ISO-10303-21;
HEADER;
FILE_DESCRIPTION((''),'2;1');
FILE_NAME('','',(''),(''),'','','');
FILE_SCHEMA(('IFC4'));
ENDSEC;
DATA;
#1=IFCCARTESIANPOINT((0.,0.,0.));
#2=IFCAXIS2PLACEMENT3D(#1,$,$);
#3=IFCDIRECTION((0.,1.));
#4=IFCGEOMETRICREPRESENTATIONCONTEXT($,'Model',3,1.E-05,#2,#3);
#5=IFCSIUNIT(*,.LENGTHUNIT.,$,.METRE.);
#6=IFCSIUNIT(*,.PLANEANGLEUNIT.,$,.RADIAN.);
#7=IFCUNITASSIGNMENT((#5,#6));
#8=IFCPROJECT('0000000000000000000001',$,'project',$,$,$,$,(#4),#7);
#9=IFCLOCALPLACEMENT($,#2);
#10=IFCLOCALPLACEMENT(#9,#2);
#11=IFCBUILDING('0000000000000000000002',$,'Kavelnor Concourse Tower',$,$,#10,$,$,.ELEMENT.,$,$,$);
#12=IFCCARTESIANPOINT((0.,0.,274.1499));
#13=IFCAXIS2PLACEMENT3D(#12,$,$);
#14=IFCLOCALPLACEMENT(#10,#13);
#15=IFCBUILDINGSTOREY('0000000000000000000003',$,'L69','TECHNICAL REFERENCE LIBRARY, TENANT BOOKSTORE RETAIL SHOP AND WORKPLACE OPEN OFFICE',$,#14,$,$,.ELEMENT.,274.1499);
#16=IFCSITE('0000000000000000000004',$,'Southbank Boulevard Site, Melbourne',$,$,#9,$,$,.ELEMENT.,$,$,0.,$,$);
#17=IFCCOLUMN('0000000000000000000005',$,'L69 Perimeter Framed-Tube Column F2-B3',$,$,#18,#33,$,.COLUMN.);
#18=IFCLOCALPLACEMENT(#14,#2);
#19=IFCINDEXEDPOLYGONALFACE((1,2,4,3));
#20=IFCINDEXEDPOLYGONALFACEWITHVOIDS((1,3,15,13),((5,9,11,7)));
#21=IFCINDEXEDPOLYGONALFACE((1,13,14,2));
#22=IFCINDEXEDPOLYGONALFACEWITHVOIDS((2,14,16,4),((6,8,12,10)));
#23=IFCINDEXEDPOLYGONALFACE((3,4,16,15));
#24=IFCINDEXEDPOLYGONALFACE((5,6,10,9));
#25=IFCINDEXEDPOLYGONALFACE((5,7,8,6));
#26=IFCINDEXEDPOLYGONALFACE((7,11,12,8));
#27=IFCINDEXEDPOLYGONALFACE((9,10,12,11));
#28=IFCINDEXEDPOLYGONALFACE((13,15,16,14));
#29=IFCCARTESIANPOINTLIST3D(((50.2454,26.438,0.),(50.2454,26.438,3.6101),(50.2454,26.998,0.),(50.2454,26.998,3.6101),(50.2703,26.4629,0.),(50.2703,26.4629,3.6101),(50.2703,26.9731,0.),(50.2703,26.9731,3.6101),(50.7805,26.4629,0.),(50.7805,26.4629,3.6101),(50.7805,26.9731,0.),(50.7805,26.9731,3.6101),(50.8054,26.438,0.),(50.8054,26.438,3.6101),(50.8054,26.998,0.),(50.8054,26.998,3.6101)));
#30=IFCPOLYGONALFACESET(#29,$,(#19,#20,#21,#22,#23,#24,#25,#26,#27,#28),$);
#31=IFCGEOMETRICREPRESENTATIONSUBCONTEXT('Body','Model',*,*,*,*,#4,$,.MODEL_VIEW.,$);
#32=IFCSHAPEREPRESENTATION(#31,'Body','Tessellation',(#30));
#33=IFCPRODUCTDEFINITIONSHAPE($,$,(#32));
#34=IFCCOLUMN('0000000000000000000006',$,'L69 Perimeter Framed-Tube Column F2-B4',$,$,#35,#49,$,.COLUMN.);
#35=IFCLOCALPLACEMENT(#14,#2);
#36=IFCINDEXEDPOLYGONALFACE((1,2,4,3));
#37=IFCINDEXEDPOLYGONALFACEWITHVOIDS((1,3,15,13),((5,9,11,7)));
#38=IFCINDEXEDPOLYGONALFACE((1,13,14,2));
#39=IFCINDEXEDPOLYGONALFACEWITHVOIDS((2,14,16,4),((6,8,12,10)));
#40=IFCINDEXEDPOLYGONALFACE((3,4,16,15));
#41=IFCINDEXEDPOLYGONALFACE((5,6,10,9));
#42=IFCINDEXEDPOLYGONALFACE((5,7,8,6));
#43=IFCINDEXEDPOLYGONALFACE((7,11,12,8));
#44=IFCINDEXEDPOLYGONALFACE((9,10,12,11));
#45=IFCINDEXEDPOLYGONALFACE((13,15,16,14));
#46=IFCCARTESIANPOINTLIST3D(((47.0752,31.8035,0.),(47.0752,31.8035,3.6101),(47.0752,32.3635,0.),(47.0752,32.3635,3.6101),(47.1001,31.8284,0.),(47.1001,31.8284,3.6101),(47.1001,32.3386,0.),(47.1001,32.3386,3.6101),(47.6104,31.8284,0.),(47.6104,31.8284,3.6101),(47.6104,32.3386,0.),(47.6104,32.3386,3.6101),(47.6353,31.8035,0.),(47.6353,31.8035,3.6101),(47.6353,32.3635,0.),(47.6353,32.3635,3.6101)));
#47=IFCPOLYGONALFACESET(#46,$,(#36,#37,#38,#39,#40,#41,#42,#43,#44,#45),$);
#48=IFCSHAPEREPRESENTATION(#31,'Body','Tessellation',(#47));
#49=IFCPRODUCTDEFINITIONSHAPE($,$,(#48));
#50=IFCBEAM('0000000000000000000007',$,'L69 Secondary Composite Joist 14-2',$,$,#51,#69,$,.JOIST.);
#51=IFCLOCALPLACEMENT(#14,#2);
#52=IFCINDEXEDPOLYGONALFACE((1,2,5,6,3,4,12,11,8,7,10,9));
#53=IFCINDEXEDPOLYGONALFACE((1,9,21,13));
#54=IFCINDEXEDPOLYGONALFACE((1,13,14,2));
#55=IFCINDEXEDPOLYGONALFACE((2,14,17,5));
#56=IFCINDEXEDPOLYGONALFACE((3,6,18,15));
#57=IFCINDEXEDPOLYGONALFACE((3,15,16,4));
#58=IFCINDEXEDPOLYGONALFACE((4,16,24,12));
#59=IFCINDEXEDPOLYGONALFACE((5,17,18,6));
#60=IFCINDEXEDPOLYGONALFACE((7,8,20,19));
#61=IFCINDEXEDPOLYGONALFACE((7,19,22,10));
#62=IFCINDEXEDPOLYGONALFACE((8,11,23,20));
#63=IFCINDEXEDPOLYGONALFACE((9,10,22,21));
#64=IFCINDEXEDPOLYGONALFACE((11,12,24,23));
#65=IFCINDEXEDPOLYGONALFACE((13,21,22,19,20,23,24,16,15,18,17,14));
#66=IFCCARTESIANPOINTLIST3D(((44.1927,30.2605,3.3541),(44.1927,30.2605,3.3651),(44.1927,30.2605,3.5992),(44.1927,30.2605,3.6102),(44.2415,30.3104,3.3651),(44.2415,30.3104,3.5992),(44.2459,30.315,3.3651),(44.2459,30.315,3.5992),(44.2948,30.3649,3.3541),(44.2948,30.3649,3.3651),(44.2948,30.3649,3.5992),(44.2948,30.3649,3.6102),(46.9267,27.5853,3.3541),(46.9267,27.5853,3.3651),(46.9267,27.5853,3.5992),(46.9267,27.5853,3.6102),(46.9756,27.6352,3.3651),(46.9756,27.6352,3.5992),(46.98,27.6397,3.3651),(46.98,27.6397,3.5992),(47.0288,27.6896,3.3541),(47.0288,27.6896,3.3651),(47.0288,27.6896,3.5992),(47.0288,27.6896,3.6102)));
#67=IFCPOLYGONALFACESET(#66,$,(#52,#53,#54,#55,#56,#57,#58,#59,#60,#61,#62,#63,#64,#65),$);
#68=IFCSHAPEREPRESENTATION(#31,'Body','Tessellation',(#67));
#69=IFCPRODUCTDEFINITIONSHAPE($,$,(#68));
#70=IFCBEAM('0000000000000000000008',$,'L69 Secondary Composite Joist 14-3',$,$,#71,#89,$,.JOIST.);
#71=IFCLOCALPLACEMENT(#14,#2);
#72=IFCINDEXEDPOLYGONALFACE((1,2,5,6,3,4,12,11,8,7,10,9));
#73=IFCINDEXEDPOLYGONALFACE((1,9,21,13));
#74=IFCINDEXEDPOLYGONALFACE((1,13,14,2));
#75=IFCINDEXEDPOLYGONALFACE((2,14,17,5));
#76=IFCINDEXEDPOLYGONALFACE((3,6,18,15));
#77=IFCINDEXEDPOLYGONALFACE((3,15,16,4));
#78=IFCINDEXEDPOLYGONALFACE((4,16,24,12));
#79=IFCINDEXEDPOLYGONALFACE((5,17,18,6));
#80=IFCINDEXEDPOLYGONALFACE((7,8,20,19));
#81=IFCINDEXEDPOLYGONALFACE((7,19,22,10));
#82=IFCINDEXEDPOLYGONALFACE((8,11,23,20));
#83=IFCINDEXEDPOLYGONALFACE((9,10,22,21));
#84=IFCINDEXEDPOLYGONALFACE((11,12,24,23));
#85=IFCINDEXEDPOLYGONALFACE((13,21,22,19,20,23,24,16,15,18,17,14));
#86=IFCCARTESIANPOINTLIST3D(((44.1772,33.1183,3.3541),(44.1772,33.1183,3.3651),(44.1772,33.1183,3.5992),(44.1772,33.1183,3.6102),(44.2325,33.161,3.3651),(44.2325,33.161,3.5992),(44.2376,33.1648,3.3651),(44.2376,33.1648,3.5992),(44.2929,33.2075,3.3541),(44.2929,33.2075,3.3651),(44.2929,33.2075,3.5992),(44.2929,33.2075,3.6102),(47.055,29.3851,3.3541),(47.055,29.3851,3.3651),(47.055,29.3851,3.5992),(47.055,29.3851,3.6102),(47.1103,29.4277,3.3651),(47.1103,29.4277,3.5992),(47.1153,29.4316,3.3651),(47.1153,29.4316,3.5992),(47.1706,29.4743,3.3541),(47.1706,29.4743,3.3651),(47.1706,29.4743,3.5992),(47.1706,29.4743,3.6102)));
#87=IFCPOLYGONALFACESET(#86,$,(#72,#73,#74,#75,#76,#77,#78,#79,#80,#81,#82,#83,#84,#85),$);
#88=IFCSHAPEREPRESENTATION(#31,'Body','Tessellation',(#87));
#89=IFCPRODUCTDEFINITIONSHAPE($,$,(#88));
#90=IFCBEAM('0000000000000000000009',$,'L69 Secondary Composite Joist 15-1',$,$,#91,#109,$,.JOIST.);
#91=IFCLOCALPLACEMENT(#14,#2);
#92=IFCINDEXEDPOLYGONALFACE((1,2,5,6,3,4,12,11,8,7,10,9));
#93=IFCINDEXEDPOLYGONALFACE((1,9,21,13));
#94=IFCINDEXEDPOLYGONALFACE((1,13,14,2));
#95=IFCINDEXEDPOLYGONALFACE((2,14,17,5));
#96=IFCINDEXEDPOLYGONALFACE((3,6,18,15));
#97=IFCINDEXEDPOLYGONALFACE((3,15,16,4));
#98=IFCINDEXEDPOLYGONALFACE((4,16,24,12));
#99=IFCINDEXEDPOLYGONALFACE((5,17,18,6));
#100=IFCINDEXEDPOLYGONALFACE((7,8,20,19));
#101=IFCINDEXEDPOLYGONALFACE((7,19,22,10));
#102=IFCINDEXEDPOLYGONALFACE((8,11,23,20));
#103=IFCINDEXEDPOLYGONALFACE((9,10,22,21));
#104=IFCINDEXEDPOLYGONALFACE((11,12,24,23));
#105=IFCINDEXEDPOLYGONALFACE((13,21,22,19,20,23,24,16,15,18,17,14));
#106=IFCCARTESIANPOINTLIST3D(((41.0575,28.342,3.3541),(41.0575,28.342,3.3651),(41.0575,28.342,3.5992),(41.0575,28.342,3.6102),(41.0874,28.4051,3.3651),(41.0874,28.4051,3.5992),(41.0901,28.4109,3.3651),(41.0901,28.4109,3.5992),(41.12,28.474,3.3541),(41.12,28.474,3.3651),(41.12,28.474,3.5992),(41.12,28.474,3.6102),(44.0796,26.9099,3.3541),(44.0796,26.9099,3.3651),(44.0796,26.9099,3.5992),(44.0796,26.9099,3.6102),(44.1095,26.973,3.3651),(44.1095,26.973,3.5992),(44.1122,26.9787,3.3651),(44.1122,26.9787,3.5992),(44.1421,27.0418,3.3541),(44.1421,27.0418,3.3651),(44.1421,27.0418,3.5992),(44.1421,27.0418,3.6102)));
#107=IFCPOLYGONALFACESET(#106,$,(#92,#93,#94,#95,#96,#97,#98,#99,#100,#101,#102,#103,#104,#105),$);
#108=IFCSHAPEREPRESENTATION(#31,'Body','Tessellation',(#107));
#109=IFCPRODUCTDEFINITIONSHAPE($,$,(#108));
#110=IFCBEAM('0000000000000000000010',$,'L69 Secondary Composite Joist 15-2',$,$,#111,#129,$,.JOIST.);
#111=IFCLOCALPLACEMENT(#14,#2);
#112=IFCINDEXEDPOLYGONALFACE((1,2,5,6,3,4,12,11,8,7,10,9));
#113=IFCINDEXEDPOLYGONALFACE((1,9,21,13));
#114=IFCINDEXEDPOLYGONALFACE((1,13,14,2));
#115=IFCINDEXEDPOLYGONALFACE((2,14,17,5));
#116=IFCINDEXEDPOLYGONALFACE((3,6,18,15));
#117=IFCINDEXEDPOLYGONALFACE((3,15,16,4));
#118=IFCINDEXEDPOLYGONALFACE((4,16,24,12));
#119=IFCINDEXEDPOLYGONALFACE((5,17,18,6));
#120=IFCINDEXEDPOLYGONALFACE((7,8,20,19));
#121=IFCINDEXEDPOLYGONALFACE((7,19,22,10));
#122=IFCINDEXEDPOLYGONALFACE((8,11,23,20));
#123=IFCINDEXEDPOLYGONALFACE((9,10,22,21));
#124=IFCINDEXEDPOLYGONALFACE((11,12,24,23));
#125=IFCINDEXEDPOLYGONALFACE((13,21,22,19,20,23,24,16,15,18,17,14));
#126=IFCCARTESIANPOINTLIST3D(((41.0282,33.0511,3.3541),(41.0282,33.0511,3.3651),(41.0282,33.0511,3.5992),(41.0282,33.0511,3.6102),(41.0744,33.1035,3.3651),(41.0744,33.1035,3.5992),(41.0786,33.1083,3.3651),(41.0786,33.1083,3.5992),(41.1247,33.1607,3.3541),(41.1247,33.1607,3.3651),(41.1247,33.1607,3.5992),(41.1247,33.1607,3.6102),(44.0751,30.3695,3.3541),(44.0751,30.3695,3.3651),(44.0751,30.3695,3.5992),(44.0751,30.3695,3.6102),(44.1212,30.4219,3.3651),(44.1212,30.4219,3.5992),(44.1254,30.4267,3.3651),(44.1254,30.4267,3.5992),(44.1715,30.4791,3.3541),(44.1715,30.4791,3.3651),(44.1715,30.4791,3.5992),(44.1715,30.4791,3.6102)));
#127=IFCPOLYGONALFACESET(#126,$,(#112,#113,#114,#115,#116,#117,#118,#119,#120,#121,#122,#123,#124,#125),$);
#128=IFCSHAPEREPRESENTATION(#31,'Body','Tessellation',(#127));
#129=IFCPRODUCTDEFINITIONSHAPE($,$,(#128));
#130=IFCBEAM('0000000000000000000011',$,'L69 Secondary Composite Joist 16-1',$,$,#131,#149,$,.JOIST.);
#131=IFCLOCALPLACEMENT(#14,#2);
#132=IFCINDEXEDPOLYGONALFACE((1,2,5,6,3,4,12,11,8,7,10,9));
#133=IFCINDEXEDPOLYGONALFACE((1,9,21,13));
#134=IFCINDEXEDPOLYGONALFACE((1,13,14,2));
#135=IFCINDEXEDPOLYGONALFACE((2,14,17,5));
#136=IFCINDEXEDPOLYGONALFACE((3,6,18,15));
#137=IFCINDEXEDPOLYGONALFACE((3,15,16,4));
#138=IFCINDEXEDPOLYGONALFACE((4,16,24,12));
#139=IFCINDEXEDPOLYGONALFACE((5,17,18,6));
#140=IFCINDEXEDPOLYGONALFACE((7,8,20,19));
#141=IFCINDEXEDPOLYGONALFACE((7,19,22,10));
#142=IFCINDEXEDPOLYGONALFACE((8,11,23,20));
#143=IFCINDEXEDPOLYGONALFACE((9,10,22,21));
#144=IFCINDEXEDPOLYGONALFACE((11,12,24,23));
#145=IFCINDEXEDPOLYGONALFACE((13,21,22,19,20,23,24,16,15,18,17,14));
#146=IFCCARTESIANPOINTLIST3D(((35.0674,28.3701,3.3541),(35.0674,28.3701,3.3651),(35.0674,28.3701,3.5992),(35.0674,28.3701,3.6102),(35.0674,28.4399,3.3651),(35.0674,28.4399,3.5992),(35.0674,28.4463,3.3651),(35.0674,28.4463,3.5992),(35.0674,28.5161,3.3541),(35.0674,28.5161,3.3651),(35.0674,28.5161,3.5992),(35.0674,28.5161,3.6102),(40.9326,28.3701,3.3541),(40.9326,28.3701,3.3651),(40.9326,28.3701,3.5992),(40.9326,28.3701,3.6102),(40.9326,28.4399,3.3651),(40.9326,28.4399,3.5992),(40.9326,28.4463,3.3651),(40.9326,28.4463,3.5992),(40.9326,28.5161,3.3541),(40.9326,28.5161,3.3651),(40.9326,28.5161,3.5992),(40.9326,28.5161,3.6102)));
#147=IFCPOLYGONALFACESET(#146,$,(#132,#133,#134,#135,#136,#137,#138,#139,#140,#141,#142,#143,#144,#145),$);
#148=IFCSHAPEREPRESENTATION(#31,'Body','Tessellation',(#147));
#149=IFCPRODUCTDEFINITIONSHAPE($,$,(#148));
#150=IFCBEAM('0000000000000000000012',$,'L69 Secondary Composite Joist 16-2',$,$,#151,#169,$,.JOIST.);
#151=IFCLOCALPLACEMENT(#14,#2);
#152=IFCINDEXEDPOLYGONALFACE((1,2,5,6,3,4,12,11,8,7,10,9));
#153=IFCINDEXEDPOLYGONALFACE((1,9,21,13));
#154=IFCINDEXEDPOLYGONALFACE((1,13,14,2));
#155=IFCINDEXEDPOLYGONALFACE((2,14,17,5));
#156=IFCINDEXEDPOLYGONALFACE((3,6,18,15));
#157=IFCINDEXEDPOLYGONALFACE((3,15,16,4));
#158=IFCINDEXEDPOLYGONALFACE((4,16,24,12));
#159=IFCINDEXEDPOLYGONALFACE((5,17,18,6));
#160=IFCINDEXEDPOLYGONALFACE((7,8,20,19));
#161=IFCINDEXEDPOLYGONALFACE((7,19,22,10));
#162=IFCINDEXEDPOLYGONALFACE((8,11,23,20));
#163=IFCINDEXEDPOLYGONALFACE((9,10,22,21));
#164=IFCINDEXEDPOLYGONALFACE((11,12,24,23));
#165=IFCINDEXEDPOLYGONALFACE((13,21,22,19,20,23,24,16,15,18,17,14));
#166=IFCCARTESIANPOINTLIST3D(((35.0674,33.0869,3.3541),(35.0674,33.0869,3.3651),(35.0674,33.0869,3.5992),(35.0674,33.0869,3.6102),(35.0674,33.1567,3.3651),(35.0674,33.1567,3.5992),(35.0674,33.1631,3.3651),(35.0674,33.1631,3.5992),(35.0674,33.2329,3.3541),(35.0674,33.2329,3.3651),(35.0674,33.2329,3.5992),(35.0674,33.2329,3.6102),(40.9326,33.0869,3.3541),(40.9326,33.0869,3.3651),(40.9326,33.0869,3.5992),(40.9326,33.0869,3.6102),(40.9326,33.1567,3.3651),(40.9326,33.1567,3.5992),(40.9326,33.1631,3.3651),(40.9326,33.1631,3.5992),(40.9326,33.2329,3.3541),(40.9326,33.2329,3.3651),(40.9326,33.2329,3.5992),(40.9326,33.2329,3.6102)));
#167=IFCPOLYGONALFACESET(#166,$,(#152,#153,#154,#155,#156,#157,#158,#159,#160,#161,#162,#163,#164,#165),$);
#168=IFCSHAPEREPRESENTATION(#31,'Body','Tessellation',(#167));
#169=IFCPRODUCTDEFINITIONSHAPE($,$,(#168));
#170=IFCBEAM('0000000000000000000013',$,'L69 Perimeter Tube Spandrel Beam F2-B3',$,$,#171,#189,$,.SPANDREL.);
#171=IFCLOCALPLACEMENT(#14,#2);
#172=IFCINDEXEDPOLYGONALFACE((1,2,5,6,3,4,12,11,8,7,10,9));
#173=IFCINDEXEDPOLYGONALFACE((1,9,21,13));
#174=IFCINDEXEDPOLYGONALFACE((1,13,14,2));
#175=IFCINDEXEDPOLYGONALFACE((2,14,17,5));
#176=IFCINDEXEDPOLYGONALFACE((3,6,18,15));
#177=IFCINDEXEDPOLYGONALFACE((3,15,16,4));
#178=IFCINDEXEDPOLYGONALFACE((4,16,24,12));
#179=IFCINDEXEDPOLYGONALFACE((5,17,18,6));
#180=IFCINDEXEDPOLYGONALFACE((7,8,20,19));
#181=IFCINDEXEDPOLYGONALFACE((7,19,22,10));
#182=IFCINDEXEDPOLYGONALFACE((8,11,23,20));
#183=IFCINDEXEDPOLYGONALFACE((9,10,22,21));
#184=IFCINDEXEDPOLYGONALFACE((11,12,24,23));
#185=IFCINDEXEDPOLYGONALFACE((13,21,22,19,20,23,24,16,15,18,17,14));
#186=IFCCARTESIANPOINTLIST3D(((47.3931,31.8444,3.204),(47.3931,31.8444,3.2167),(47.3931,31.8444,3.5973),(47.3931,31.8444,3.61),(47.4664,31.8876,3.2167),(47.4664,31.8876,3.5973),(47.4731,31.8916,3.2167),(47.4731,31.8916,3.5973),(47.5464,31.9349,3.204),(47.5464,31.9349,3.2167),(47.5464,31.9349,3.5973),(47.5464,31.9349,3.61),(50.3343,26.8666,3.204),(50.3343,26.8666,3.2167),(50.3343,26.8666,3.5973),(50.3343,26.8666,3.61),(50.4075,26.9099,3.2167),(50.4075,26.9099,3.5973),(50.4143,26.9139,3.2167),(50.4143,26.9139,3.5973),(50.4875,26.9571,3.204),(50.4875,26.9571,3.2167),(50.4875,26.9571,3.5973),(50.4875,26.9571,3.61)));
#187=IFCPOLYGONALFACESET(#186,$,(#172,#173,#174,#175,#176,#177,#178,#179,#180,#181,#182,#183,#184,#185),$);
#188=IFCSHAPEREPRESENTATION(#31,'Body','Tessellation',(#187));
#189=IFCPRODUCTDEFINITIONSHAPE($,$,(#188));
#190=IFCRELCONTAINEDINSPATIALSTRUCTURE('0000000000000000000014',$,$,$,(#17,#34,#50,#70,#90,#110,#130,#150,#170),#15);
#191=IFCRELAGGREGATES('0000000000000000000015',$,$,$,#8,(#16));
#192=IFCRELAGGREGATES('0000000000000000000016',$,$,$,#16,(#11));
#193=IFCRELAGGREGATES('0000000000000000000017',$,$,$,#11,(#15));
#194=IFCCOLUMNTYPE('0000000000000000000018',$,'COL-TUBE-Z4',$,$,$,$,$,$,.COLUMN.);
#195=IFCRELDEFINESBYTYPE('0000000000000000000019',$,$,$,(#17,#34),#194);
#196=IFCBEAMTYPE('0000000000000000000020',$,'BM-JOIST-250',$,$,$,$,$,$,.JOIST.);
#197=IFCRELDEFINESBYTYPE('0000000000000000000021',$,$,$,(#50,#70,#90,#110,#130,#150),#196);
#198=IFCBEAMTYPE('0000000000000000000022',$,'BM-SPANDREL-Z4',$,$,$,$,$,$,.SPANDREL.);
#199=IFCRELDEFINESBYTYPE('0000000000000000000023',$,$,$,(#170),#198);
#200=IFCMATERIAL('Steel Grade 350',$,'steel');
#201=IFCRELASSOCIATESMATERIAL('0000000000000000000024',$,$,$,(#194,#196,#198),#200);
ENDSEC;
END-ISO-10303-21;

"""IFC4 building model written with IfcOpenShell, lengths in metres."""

from ifc_helpers import new_model, si_unit, direction, frame, origin, origin_2d, place, context, subcontext, project, spatial, hollow_rectangle, i_section, extrude, material, material_profile, profile_set, type_object, element, save


model = new_model("IFC4")

# Units and contexts
model_context = context("Model", 3, precision=1e-05, world=origin(), true_north=direction((0.0, 1.0)))
body_context = subcontext(model_context, "Body", "Model", "MODEL_VIEW")
ifc_project = project(units=[si_unit("LENGTHUNIT", "METRE"), si_unit("PLANEANGLEUNIT", "RADIAN")], contexts=[model_context])

# Site, building, storey
site_placement = place(None, origin())
site = spatial("IfcSite", under=ifc_project, at=site_placement, Name="Southbank Boulevard Site, Melbourne", CompositionType="ELEMENT", RefElevation=0.0)
building_placement = place(site_placement, origin())
building = spatial("IfcBuilding", under=site, at=building_placement, Name="Kavelnor Concourse Tower", CompositionType="ELEMENT")
storey_placement = place(building_placement, frame((0.0, 0.0, 274.1499)))
storey = spatial("IfcBuildingStorey", under=building, at=storey_placement, Name="L69", Description="TECHNICAL REFERENCE LIBRARY, TENANT BOOKSTORE RETAIL SHOP AND WORKPLACE OPEN OFFICE", CompositionType="ELEMENT", Elevation=274.1499)

# Columns
ifc_material = material(Name="Steel Grade 350", Category="steel")
ifc_material_profile_1 = material_profile(ifc_material, hollow_rectangle(XDim=0.5601, YDim=0.5601, WallThickness=0.0249, at=origin_2d()), Name="SHS 560x560x25")
ifc_profile_set_1 = profile_set([ifc_material_profile_1], Name="Steel Grade 350")
column_type = type_object("IfcColumnType", Name="COL-TUBE-Z4", PredefinedType="COLUMN", material=ifc_profile_set_1)
for number, where, z_axis, x_axis, name in (
    (1, (50.5254, 26.718, 0.0), (0.0, 0.0, 1.0), (1.0, 0.0, 0.0), "L69 Perimeter Framed-Tube Column F2-B3"),
    (2, (47.3552, 32.0835, 0.0), (0.0, 0.0, 1.0), (1.0, 0.0, 0.0), "L69 Perimeter Framed-Tube Column F2-B4"),
):
    element("IfcColumn", number, at=place(storey_placement, frame(where, z_axis=z_axis, x_axis=x_axis)), inside=storey, type_object=column_type, Name=name, PredefinedType="COLUMN", context=body_context, shape_type="SweptSolid", body=[
        extrude(hollow_rectangle(XDim=0.5601, YDim=0.5601, WallThickness=0.0249, at=origin_2d()), origin(), (0.0, 0.0, 1.0), 3.6101),
    ])

# Beams
ifc_material_profile_2 = material_profile(ifc_material, i_section(OverallWidth=0.146, OverallDepth=0.2561, WebThickness=0.0063, FlangeThickness=0.011, at=origin_2d()), Name="250UB37")
ifc_profile_set_2 = profile_set([ifc_material_profile_2], Name="Steel Grade 350")
beam_type_1 = type_object("IfcBeamType", Name="BM-JOIST-250", PredefinedType="JOIST", material=ifc_profile_set_2)
beam_1_placement = place(storey_placement, frame((46.9778, 27.6375, 3.4822), z_axis=(-0.714756, 0.699374, 0.0), x_axis=(-0.699374, -0.714756, 0.0)))
element("IfcBeam", 3, at=beam_1_placement, inside=storey, type_object=beam_type_1, Name="L69 Secondary Composite Joist 14-2", PredefinedType="JOIST", context=body_context, shape_type="SweptSolid", body=[
    extrude(i_section(OverallWidth=0.146, OverallDepth=0.2561, WebThickness=0.0063, FlangeThickness=0.011, at=origin_2d()), origin(), (0.0, 0.0, 1.0), 3.8252),
])
beam_2_placement = place(storey_placement, frame((47.1128, 29.4297, 3.4822), z_axis=(-0.610514, 0.792006, 0.0), x_axis=(-0.792006, -0.610514, 0.0)))
element("IfcBeam", 4, at=beam_2_placement, inside=storey, type_object=beam_type_1, Name="L69 Secondary Composite Joist 14-3", PredefinedType="JOIST", context=body_context, shape_type="SweptSolid", body=[
    extrude(i_section(OverallWidth=0.146, OverallDepth=0.2561, WebThickness=0.0063, FlangeThickness=0.011, at=origin_2d()), origin(), (0.0, 0.0, 1.0), 4.7136),
])
beam_3_placement = place(storey_placement, frame((44.1108, 26.9758, 3.4822), z_axis=(-0.903661, 0.42825, 0.0), x_axis=(-0.42825, -0.903661, 0.0)))
element("IfcBeam", 5, at=beam_3_placement, inside=storey, type_object=beam_type_1, Name="L69 Secondary Composite Joist 15-1", PredefinedType="JOIST", context=body_context, shape_type="SweptSolid", body=[
    extrude(i_section(OverallWidth=0.146, OverallDepth=0.2561, WebThickness=0.0063, FlangeThickness=0.011, at=origin_2d()), origin(), (0.0, 0.0, 1.0), 3.3442),
])
beam_4_placement = place(storey_placement, frame((44.1233, 30.4243, 3.4822), z_axis=(-0.750666, 0.660682, 0.0), x_axis=(-0.660682, -0.750666, 0.0)))
element("IfcBeam", 6, at=beam_4_placement, inside=storey, type_object=beam_type_1, Name="L69 Secondary Composite Joist 15-2", PredefinedType="JOIST", context=body_context, shape_type="SweptSolid", body=[
    extrude(i_section(OverallWidth=0.146, OverallDepth=0.2561, WebThickness=0.0063, FlangeThickness=0.011, at=origin_2d()), origin(), (0.0, 0.0, 1.0), 4.0588),
])
for number, where, z_axis, x_axis, name in (
    (7, (40.9326, 28.4431, 3.4822), (-1.0, 0.0, 0.0), (0.0, -1.0, 0.0), "L69 Secondary Composite Joist 16-1"),
    (8, (40.9326, 33.1599, 3.4822), (-1.0, 0.0, 0.0), (0.0, -1.0, 0.0), "L69 Secondary Composite Joist 16-2"),
):
    element("IfcBeam", number, at=place(storey_placement, frame(where, z_axis=z_axis, x_axis=x_axis)), inside=storey, type_object=beam_type_1, Name=name, PredefinedType="JOIST", context=body_context, shape_type="SweptSolid", body=[
        extrude(i_section(OverallWidth=0.146, OverallDepth=0.2561, WebThickness=0.0063, FlangeThickness=0.011, at=origin_2d()), origin(), (0.0, 0.0, 1.0), 5.8652),
    ])
ifc_material_profile_3 = material_profile(ifc_material, i_section(OverallWidth=0.178, OverallDepth=0.406, WebThickness=0.0078, FlangeThickness=0.0127, at=origin_2d()), Name="410UB59")
ifc_profile_set_3 = profile_set([ifc_material_profile_3], Name="Steel Grade 350")
beam_type_2 = type_object("IfcBeamType", Name="BM-SPANDREL-Z4", PredefinedType="SPANDREL", material=ifc_profile_set_3)
for number, where, z_axis, x_axis, name in (
    (9, (50.4109, 26.9119, 3.407), (-0.508697, 0.860946, 0.0), (-0.860946, -0.508697, 0.0), "L69 Perimeter Tube Spandrel Beam F2-B3"),
):
    element("IfcBeam", number, at=place(storey_placement, frame(where, z_axis=z_axis, x_axis=x_axis)), inside=storey, type_object=beam_type_2, Name=name, PredefinedType="SPANDREL", context=body_context, shape_type="SweptSolid", body=[
        extrude(i_section(OverallWidth=0.178, OverallDepth=0.406, WebThickness=0.0078, FlangeThickness=0.0127, at=origin_2d()), origin(), (0.0, 0.0, 1.0), 5.7817),
    ])

save(model, "model.ifc")
